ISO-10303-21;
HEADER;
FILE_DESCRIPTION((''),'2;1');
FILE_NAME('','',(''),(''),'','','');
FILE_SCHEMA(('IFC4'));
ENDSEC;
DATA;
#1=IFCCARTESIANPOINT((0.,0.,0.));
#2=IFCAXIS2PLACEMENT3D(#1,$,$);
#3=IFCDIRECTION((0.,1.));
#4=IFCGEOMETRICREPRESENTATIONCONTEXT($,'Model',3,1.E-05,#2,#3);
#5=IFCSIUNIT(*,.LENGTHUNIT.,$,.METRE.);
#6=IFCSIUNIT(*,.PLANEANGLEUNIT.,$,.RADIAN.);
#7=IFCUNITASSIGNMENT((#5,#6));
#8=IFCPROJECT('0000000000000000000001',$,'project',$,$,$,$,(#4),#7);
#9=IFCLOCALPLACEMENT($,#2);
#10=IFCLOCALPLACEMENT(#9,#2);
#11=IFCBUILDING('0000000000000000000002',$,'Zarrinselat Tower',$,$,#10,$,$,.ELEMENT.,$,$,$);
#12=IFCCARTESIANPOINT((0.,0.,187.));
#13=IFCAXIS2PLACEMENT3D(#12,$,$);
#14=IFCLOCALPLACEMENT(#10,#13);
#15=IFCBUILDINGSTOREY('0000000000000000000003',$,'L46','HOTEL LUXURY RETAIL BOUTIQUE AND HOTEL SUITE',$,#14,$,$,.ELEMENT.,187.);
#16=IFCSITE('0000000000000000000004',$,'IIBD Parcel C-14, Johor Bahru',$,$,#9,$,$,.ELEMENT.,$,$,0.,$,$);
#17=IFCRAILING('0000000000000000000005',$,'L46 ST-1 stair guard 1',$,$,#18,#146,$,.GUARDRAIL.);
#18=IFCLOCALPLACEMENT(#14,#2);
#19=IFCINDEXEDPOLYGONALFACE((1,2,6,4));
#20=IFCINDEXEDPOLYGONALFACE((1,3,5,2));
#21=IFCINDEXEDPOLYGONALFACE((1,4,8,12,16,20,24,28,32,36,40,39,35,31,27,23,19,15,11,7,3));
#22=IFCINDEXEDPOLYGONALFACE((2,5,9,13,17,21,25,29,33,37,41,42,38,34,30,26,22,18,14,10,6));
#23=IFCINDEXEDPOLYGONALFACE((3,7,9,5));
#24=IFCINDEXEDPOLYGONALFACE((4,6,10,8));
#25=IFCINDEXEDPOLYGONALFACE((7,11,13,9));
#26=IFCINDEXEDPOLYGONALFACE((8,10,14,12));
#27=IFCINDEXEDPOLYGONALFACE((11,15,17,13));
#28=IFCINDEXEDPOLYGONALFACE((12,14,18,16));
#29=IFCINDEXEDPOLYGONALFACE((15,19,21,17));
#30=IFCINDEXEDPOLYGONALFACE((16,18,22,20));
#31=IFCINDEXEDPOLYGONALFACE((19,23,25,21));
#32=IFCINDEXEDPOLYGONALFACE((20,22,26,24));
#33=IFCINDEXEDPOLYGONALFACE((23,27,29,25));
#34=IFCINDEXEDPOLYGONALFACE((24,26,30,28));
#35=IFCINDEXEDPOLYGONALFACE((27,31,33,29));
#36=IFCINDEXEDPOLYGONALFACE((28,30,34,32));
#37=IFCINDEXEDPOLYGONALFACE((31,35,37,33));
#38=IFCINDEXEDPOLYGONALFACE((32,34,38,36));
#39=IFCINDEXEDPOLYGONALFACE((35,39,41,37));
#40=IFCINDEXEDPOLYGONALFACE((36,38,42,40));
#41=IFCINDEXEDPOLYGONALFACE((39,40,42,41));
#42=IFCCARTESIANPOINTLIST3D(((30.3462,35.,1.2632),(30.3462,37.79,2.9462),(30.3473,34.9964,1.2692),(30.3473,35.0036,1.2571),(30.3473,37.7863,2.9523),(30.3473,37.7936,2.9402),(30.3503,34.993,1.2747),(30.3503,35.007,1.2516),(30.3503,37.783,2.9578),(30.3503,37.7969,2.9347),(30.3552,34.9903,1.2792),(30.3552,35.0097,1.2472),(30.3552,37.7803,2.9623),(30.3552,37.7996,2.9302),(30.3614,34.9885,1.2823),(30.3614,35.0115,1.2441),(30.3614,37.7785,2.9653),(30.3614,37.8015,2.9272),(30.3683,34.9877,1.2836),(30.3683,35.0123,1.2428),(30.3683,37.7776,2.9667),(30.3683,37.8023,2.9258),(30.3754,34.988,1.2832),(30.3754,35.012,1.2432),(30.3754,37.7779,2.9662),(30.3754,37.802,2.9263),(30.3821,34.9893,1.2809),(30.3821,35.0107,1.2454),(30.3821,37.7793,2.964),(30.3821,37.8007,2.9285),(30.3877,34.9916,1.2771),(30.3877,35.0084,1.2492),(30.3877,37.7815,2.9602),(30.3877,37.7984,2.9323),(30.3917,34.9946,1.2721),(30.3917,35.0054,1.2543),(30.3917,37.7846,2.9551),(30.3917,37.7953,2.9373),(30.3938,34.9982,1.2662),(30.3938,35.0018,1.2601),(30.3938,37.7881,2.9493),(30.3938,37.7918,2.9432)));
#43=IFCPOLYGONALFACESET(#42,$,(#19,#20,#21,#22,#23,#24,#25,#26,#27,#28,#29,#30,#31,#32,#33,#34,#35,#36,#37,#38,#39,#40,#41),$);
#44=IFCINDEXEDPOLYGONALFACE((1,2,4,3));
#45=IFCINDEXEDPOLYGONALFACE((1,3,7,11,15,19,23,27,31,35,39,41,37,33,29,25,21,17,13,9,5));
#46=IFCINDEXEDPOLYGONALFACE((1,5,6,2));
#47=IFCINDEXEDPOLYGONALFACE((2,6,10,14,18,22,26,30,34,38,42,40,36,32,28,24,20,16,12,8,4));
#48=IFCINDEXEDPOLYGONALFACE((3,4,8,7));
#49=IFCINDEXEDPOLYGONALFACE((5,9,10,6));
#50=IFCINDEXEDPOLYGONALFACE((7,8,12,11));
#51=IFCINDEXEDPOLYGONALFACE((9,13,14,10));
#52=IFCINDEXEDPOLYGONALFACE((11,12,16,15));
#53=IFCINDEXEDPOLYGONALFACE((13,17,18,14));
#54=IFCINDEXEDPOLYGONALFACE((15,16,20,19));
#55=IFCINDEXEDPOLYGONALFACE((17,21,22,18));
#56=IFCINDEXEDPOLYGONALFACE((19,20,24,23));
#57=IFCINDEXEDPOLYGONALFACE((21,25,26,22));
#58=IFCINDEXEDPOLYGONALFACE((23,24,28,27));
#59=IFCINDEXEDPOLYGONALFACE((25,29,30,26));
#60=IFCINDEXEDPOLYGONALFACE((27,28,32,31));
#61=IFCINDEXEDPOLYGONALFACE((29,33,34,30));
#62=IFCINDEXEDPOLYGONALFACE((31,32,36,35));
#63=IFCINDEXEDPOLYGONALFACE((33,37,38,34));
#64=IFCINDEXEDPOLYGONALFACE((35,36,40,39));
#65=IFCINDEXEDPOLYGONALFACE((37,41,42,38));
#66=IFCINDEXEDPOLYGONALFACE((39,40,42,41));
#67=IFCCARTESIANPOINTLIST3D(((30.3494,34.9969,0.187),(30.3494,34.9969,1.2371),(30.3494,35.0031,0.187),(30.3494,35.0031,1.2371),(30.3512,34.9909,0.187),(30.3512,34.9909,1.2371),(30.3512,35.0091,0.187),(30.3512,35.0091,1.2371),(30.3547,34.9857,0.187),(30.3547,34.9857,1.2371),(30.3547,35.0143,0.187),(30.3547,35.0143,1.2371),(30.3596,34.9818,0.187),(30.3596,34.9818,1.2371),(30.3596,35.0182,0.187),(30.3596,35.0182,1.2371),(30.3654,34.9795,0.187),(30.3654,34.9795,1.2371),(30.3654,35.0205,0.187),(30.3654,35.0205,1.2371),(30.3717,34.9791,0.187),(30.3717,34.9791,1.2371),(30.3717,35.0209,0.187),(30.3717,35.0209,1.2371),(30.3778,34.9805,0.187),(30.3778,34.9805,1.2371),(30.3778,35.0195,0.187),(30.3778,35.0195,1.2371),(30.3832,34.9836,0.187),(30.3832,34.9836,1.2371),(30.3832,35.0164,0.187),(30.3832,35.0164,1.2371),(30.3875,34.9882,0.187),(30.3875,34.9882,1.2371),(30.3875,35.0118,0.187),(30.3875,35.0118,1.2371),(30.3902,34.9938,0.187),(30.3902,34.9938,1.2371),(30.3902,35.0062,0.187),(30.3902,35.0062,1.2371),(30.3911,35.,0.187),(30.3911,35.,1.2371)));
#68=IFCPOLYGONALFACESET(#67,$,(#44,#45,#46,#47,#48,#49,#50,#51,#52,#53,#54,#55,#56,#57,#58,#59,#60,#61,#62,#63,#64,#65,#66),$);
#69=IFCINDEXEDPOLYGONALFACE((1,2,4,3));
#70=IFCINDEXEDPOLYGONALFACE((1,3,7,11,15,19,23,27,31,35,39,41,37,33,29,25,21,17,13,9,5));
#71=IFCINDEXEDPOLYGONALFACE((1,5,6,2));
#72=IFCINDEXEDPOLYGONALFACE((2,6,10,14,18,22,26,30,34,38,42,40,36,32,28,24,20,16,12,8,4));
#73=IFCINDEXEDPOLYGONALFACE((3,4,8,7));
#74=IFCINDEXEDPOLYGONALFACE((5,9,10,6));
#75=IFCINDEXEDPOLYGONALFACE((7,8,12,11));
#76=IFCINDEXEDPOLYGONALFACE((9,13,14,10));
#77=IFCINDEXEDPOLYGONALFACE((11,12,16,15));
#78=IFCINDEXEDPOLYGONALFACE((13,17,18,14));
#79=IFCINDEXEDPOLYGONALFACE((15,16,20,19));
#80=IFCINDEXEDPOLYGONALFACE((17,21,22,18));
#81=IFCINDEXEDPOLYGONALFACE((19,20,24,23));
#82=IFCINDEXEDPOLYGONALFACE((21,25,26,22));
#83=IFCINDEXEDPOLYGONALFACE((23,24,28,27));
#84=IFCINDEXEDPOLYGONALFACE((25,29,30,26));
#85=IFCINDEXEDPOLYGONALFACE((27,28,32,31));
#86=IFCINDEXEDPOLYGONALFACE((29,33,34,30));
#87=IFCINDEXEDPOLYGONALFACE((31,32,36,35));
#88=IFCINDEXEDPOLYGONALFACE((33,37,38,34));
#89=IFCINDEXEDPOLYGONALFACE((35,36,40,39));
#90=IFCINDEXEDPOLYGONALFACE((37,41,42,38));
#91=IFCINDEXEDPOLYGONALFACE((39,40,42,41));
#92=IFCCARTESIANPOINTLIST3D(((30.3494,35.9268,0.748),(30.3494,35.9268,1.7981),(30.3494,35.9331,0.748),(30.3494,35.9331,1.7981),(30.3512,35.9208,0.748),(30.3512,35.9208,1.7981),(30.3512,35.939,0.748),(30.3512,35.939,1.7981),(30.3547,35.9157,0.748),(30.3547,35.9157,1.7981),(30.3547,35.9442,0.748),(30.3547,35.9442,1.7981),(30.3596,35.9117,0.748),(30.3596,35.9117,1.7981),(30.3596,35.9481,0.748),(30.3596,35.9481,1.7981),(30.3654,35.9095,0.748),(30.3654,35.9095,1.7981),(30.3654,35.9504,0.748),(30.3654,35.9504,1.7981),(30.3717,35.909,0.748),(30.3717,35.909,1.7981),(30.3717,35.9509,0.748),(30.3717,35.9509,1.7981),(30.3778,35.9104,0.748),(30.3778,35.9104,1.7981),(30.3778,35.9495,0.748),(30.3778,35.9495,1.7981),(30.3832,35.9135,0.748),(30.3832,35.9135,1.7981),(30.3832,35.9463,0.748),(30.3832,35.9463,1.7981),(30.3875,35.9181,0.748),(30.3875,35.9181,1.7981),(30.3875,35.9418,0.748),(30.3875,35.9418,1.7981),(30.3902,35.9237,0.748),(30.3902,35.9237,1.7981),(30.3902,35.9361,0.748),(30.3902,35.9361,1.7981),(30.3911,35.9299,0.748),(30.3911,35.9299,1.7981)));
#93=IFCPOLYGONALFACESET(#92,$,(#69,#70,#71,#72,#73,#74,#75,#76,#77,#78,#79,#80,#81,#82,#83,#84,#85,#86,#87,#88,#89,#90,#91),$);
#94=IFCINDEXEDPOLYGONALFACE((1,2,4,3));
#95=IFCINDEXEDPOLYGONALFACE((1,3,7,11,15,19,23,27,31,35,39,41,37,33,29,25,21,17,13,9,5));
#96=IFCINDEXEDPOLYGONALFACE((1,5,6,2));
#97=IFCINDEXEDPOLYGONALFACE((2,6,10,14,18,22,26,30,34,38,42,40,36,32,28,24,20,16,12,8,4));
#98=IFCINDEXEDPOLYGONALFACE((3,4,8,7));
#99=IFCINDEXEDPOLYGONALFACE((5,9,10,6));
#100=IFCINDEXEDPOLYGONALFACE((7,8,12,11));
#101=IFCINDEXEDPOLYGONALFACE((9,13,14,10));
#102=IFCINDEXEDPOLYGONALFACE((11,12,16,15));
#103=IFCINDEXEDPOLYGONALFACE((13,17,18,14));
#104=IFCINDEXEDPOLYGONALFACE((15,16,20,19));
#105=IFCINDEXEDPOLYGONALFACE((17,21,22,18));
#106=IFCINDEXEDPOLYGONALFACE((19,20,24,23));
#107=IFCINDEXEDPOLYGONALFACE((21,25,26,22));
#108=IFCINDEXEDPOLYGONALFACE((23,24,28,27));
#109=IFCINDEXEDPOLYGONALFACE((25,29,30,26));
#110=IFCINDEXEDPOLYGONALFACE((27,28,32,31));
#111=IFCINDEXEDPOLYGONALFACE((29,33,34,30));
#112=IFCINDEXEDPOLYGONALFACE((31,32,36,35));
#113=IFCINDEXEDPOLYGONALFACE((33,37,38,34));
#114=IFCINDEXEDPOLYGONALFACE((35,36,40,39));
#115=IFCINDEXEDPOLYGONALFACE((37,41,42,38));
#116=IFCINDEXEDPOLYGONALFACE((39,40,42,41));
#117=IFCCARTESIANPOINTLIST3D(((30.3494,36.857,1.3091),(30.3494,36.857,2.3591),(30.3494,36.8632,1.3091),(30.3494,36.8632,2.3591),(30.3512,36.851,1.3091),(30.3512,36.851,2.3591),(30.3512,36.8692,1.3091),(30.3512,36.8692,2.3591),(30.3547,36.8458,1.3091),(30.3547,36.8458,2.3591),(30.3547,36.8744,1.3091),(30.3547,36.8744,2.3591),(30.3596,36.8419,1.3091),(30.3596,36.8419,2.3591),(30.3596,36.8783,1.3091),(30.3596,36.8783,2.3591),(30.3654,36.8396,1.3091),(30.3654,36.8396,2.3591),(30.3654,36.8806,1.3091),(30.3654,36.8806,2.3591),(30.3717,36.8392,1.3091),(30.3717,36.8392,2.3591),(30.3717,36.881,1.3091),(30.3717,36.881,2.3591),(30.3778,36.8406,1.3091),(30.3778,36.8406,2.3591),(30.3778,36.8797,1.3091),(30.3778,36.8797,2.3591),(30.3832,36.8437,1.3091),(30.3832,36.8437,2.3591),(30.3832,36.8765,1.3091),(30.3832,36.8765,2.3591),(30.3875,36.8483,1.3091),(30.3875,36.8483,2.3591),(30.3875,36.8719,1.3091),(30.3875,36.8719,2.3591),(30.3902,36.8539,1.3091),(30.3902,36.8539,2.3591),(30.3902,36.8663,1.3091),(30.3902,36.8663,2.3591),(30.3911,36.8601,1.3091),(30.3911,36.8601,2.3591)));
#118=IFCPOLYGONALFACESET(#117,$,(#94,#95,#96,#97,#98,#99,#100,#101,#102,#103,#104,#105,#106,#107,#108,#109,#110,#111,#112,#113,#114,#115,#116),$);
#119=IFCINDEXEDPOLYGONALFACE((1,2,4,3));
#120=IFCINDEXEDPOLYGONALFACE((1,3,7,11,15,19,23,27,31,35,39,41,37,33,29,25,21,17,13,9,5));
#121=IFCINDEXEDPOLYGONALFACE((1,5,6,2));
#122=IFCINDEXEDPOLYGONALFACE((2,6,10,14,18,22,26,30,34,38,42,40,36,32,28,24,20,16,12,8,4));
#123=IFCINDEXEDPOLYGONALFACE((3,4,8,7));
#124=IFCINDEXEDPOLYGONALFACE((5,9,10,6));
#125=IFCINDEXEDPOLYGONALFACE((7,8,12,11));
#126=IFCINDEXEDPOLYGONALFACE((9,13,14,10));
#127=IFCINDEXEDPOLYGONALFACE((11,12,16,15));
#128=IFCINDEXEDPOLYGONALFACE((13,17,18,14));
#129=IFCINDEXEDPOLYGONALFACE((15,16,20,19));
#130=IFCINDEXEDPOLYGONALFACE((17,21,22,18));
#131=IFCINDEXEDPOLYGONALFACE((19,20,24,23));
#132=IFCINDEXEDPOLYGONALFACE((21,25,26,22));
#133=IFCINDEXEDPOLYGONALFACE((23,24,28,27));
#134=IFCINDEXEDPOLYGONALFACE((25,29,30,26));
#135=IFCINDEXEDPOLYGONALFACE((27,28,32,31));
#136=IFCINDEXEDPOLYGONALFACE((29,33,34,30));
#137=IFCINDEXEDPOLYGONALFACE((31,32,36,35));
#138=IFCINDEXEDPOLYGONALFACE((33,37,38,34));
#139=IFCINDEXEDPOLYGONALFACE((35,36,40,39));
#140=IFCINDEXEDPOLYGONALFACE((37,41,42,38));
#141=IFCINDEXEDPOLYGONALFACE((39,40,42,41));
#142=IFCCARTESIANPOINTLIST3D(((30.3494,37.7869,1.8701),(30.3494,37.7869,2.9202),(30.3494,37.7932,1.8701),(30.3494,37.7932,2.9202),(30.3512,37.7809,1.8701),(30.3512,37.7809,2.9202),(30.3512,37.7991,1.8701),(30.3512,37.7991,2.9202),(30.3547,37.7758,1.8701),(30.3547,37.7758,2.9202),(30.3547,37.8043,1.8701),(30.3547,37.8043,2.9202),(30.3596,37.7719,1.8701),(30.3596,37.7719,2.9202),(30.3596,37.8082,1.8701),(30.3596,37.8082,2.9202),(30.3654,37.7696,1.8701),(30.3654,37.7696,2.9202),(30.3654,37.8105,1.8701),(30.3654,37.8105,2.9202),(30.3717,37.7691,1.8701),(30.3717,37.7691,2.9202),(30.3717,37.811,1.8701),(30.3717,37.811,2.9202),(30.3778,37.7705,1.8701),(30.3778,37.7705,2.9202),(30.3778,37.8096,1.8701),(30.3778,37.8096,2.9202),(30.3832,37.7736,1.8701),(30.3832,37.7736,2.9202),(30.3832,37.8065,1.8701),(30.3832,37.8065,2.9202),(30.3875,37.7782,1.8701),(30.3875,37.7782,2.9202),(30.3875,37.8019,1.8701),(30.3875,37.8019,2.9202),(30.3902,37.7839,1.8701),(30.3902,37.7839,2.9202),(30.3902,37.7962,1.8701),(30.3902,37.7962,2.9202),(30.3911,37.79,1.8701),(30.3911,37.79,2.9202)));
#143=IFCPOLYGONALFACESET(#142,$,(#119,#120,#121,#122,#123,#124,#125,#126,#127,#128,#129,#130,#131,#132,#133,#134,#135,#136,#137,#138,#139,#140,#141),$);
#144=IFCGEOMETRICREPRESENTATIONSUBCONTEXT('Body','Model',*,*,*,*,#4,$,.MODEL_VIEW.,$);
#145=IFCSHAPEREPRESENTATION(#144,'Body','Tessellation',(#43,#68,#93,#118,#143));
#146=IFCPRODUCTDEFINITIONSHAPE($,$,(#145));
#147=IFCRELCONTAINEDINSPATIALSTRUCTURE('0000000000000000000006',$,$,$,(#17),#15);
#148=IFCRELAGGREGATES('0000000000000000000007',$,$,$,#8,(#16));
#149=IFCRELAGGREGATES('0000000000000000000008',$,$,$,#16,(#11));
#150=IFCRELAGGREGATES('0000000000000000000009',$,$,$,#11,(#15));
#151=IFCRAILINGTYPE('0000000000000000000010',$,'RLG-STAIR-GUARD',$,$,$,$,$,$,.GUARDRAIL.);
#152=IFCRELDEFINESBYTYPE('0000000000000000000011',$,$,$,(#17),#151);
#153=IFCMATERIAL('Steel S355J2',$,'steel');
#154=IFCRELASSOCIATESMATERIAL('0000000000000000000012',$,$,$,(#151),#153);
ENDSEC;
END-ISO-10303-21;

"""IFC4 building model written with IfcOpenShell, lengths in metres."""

from ifc_helpers import new_model, si_unit, direction, frame, origin, origin_2d, place, context, subcontext, project, spatial, circle, extrude, material, type_object, element, save


model = new_model("IFC4")

# Units and contexts
model_context = context("Model", 3, precision=1e-05, world=origin(), true_north=direction((0.0, 1.0)))
body_context = subcontext(model_context, "Body", "Model", "MODEL_VIEW")
ifc_project = project(units=[si_unit("LENGTHUNIT", "METRE"), si_unit("PLANEANGLEUNIT", "RADIAN")], contexts=[model_context])

# Site, building, storey
site_placement = place(None, origin())
site = spatial("IfcSite", under=ifc_project, at=site_placement, Name="IIBD Parcel C-14, Johor Bahru", CompositionType="ELEMENT", RefElevation=0.0)
building_placement = place(site_placement, origin())
building = spatial("IfcBuilding", under=site, at=building_placement, Name="Zarrinselat Tower", CompositionType="ELEMENT")
storey_placement = place(building_placement, frame((0.0, 0.0, 187.0)))
storey = spatial("IfcBuildingStorey", under=building, at=storey_placement, Name="L46", Description="HOTEL LUXURY RETAIL BOUTIQUE AND HOTEL SUITE", CompositionType="ELEMENT", Elevation=187.0)

# Railing
ifc_material_1 = material(Name="Steel S355J2", Category="steel")
railing_type = type_object("IfcRailingType", Name="RLG-STAIR-GUARD", PredefinedType="GUARDRAIL", material=ifc_material_1)
railing_1_placement = place(storey_placement, frame((30.3701, 35.0, 0.187)))
element("IfcRailing", 1, at=railing_1_placement, inside=storey, type_object=railing_type, Name="L46 ST-1 stair guard 1", PredefinedType="GUARDRAIL", context=body_context, shape_type="SweptSolid", body=[
    extrude(circle(Radius=0.0239, at=origin_2d()), frame((0.0, 0.0, 1.0762), z_axis=(0.0, 0.856261, 0.516544), x_axis=(-1.0, 0.0, 0.0)), (0.0, 0.0, 1.0), 3.2583),
    extrude(circle(Radius=0.021, at=origin_2d()), origin(), (0.0, 0.0, 1.0), 1.05),
    extrude(circle(Radius=0.021, at=origin_2d()), frame((0.0, 0.9299, 0.561)), (0.0, 0.0, 1.0), 1.05),
    extrude(circle(Radius=0.021, at=origin_2d()), frame((0.0, 1.8601, 1.1221)), (0.0, 0.0, 1.0), 1.05),
    extrude(circle(Radius=0.021, at=origin_2d()), frame((0.0, 2.79, 1.6831)), (0.0, 0.0, 1.0), 1.05),
])

save(model, "model.ifc")
